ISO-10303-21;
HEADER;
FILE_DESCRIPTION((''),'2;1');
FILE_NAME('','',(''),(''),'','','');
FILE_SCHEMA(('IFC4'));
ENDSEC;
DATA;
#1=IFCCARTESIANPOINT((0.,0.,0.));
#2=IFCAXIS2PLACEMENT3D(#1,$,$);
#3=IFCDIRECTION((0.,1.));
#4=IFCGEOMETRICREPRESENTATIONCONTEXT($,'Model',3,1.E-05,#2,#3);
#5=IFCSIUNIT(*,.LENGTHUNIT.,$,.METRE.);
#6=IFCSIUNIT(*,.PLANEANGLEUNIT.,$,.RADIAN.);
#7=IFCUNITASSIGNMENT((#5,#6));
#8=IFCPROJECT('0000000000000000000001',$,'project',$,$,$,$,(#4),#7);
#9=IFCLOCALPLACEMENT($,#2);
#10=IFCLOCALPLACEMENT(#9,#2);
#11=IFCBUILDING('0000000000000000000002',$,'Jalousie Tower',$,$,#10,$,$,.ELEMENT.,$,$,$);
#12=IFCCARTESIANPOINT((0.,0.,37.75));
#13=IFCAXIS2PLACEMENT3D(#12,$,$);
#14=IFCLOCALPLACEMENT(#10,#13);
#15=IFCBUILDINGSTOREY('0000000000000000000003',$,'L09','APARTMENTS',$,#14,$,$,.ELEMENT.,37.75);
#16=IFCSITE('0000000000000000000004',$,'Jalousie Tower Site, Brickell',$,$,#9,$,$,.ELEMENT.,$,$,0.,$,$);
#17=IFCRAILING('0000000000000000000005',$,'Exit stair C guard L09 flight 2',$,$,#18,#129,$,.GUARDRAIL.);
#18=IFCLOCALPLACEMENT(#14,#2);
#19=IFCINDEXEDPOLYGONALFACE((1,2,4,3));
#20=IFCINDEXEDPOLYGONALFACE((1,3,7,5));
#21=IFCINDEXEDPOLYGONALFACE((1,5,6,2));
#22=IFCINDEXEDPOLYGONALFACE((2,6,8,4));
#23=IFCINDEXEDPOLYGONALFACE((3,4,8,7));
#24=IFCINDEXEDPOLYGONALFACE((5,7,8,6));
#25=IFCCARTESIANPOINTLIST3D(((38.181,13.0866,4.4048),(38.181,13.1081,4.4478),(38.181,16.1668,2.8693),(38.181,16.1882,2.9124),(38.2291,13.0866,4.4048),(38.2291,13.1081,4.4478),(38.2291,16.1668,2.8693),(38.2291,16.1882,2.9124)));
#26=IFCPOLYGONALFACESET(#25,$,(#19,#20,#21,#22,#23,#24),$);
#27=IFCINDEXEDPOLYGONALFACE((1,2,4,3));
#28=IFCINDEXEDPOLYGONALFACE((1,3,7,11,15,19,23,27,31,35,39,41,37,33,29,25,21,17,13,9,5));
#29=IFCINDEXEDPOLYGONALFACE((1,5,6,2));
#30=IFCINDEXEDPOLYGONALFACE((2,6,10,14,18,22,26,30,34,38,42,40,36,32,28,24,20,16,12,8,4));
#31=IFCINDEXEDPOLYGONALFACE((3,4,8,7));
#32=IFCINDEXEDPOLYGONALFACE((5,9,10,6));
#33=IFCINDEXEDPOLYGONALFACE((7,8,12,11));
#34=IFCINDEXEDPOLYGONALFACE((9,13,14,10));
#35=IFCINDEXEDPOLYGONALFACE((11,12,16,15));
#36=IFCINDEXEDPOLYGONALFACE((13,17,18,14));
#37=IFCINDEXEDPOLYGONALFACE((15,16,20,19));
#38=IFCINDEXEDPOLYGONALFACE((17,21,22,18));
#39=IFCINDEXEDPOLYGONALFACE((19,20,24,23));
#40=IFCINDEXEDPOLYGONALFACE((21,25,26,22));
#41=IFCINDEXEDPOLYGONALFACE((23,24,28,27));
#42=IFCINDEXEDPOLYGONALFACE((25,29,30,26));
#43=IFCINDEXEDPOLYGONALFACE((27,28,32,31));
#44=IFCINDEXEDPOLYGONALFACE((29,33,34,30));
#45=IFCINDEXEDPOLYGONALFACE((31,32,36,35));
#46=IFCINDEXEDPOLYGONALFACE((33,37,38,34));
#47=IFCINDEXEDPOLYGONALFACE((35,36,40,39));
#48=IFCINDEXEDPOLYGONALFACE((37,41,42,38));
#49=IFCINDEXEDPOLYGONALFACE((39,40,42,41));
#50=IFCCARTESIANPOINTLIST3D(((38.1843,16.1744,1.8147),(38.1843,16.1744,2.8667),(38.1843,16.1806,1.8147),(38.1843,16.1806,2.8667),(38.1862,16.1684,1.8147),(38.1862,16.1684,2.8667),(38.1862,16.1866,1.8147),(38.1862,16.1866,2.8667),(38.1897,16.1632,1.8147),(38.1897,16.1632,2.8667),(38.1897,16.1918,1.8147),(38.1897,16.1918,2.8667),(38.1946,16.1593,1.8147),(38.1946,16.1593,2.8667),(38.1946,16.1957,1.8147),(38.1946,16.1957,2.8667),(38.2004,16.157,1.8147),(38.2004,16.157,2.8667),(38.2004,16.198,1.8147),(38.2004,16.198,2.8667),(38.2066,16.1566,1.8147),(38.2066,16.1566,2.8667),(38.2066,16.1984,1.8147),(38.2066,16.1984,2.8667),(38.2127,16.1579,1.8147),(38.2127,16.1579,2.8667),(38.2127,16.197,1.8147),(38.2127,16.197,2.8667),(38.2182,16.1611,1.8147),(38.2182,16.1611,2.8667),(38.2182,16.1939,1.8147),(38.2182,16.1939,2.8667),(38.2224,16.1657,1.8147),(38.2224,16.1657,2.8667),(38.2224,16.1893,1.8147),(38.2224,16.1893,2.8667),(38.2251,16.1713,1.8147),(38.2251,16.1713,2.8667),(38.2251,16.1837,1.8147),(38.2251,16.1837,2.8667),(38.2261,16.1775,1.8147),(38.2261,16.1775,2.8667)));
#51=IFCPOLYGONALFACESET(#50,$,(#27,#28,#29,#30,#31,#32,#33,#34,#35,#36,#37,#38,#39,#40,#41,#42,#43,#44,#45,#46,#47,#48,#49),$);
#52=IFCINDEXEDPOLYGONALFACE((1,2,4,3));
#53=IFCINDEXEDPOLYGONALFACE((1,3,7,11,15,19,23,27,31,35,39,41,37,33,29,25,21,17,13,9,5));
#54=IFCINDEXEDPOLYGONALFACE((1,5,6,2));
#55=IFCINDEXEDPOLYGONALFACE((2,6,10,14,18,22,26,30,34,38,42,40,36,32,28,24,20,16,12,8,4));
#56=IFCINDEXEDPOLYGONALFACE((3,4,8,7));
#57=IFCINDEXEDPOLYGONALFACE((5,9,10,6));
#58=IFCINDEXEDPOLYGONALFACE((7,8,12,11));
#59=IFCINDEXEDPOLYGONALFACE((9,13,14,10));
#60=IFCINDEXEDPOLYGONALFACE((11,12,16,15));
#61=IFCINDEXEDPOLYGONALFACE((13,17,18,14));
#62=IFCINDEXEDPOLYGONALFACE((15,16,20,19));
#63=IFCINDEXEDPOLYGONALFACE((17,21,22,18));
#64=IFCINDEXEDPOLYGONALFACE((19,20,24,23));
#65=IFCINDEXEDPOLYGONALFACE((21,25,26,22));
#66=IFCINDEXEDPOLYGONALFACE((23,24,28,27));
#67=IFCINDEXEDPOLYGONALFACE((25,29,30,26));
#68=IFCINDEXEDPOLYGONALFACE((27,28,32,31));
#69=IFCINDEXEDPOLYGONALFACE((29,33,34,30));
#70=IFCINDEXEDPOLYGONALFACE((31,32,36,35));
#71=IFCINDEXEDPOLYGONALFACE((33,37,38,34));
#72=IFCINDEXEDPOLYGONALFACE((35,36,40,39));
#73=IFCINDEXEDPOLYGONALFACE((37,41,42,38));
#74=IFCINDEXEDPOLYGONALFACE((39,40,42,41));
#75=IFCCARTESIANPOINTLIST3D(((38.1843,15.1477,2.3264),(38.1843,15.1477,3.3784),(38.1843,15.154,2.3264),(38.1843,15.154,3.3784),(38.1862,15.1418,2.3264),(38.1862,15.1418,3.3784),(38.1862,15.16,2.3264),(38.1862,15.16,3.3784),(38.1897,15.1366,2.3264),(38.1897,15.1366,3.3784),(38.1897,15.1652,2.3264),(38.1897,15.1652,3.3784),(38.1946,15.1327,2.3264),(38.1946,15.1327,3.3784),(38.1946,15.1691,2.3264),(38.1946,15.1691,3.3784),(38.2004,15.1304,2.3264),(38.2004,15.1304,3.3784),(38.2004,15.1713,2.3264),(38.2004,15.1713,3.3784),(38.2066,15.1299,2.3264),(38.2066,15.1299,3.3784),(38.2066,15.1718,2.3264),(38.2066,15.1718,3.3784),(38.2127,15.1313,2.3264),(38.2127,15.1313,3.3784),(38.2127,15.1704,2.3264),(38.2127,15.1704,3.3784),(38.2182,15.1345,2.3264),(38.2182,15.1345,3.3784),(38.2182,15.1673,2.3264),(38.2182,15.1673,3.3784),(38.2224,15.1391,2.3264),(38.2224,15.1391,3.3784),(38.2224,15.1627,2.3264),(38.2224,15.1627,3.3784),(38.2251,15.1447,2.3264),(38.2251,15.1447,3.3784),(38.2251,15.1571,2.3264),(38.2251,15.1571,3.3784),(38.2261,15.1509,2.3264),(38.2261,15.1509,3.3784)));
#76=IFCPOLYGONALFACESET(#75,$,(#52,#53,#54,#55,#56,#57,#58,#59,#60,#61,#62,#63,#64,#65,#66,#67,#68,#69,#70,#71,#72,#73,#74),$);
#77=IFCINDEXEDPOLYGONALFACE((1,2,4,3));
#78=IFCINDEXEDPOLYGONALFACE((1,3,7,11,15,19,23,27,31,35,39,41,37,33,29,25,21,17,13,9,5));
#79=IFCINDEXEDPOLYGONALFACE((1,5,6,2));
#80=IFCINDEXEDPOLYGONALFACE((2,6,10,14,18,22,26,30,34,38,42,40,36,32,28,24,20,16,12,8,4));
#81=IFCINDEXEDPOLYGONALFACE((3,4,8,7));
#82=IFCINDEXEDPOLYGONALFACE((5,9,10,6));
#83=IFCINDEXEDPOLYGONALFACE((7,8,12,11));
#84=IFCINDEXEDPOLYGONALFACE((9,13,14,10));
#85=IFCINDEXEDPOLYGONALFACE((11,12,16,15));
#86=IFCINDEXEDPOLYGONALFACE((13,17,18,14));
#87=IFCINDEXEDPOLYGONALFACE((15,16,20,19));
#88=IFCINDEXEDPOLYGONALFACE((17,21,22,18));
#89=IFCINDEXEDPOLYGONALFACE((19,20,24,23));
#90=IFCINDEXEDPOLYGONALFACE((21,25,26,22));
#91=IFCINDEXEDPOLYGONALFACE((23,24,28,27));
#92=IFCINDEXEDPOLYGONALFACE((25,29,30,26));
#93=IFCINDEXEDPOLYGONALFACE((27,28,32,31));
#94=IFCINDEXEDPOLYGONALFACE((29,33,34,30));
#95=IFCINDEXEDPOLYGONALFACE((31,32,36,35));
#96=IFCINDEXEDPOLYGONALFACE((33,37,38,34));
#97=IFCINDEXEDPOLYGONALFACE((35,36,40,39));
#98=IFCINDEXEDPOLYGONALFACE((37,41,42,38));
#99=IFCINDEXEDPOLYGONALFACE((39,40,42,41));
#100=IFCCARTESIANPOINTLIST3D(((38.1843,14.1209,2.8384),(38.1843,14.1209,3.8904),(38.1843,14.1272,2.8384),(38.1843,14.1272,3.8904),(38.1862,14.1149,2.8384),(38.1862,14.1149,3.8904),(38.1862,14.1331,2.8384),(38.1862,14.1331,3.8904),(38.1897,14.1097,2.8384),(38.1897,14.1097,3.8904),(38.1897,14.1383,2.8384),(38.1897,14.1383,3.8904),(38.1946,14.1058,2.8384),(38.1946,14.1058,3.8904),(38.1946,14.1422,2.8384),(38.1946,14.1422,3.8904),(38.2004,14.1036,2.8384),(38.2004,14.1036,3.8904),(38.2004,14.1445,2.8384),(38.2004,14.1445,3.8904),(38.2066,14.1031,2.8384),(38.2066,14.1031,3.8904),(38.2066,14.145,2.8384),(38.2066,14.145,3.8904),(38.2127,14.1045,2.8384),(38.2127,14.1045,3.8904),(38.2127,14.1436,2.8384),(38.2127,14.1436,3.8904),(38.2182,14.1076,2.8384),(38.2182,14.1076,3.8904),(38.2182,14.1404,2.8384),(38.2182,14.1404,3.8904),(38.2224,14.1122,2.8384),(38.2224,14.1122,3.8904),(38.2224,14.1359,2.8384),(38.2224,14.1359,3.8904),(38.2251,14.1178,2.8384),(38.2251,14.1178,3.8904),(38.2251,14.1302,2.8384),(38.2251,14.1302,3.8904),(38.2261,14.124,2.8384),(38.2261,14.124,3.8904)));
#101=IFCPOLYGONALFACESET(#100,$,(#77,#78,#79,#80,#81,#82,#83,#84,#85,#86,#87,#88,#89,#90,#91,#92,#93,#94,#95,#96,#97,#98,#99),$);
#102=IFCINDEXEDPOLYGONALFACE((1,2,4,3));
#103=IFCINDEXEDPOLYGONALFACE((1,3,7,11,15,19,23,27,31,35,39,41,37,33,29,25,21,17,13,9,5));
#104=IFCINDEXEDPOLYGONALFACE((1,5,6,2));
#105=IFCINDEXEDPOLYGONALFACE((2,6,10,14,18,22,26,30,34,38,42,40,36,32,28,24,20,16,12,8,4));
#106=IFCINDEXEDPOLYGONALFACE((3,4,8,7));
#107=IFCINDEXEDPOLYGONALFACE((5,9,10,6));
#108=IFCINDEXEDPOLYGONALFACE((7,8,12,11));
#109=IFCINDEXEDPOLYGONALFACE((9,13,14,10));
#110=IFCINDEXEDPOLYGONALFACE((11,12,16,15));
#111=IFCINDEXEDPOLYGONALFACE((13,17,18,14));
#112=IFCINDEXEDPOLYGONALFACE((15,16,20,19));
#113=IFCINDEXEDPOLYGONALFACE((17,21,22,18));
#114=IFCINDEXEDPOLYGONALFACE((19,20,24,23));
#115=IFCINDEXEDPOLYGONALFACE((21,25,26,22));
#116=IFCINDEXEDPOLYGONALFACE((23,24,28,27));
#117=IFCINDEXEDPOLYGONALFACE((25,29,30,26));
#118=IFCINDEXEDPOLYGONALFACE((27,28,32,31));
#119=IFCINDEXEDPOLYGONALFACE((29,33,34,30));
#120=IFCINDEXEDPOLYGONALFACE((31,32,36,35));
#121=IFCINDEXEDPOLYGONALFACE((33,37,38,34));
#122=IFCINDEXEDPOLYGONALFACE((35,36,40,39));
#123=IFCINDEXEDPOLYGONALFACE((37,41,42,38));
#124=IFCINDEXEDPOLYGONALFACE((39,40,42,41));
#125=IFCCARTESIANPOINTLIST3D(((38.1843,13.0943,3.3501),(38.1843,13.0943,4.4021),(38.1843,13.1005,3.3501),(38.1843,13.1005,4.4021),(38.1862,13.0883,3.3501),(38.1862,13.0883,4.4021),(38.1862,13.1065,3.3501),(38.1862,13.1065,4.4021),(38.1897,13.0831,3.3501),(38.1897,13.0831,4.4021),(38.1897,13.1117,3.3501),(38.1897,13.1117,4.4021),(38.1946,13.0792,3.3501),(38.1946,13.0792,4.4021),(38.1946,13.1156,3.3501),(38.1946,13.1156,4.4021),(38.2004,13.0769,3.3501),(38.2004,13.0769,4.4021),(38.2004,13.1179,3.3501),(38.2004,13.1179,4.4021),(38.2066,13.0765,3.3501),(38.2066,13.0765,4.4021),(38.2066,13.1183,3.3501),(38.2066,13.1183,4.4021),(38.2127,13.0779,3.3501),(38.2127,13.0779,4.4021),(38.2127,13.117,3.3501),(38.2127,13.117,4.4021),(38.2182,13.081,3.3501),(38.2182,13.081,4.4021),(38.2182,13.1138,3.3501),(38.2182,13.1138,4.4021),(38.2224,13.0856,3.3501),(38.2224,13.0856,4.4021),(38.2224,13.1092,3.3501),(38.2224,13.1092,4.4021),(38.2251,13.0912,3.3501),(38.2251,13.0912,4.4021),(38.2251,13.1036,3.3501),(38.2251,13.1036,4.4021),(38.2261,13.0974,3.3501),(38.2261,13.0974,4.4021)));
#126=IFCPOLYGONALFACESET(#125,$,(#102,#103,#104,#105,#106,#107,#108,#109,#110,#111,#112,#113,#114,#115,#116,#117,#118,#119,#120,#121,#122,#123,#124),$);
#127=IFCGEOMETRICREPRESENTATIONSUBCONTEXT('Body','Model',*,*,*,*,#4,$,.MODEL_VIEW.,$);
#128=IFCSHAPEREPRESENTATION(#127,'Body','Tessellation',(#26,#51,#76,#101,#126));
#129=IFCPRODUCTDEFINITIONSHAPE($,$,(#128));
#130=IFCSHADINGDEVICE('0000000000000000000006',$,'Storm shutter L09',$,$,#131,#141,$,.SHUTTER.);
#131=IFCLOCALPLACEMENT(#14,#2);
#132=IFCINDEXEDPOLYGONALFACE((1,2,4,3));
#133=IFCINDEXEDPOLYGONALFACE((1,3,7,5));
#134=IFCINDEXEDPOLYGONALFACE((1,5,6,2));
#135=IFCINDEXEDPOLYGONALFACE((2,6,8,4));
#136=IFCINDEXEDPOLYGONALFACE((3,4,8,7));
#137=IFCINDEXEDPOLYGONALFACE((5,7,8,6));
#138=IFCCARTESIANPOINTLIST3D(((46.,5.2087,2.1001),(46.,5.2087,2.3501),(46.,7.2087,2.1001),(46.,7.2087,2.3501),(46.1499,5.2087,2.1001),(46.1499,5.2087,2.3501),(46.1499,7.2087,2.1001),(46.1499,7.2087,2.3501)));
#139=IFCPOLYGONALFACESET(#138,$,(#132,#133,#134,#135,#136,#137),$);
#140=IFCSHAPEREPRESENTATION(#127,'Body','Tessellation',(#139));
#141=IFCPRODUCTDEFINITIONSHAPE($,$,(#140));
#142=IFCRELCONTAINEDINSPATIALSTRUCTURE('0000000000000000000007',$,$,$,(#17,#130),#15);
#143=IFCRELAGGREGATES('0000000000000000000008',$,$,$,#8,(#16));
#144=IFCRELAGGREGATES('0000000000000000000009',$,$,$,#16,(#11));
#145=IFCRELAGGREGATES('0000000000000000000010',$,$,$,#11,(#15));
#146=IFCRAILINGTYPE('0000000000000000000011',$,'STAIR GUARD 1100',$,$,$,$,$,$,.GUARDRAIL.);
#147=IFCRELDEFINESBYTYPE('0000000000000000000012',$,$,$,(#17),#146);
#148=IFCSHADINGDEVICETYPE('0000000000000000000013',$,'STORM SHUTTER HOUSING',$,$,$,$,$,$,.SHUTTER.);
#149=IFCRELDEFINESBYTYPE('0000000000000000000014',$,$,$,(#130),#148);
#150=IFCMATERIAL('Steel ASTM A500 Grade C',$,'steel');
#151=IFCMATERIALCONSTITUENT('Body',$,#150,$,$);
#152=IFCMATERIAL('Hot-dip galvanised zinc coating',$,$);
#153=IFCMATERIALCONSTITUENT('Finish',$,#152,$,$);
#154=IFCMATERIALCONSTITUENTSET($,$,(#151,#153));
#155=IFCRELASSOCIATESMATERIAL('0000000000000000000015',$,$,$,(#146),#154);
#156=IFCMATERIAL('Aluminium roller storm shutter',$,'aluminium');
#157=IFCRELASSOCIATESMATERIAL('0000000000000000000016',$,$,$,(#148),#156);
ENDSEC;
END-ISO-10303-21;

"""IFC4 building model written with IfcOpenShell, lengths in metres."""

from ifc_helpers import new_model, si_unit, direction, frame, origin, origin_2d, place, context, subcontext, project, spatial, rectangle, circle, extrude, material, constituent, constituent_set, type_object, element, save


model = new_model("IFC4")

# Units and contexts
model_context = context("Model", 3, precision=1e-05, world=origin(), true_north=direction((0.0, 1.0)))
body_context = subcontext(model_context, "Body", "Model", "MODEL_VIEW")
ifc_project = project(units=[si_unit("LENGTHUNIT", "METRE"), si_unit("PLANEANGLEUNIT", "RADIAN")], contexts=[model_context])

# Site, building, storey
site_placement = place(None, origin())
site = spatial("IfcSite", under=ifc_project, at=site_placement, Name="Jalousie Tower Site, Brickell", CompositionType="ELEMENT", RefElevation=0.0)
building_placement = place(site_placement, origin())
building = spatial("IfcBuilding", under=site, at=building_placement, Name="Jalousie Tower", CompositionType="ELEMENT")
storey_placement = place(building_placement, frame((0.0, 0.0, 37.75)))
storey = spatial("IfcBuildingStorey", under=building, at=storey_placement, Name="L09", Description="APARTMENTS", CompositionType="ELEMENT", Elevation=37.75)

# Railing
ifc_material_1 = material(Name="Steel ASTM A500 Grade C", Category="steel")
ifc_constituent_1 = constituent(ifc_material_1, Name="Body")
ifc_material_2 = material(Name="Hot-dip galvanised zinc coating")
ifc_constituent_2 = constituent(ifc_material_2, Name="Finish")
ifc_constituent_set_1 = constituent_set(constituents=[ifc_constituent_1, ifc_constituent_2])
railing_type = type_object("IfcRailingType", Name="STAIR GUARD 1100", PredefinedType="GUARDRAIL", material=ifc_constituent_set_1)
railing_1_placement = place(storey_placement, frame((38.2051, 16.1775, 1.8147)))
element("IfcRailing", 1, at=railing_1_placement, inside=storey, type_object=railing_type, Name="Exit stair C guard L09 flight 2", PredefinedType="GUARDRAIL", context=body_context, shape_type="SweptSolid", body=[
    extrude(rectangle(XDim=0.0481, YDim=0.0481, at=origin_2d()), frame((0.0, 0.0, 1.0762), z_axis=(0.0, -0.894966, 0.446135), x_axis=(1.0, 0.0, 0.0)), (0.0, 0.0, 1.0), 3.4417),
    extrude(circle(Radius=0.021, at=origin_2d()), origin(), (0.0, 0.0, 1.0), 1.052),
    extrude(circle(Radius=0.021, at=origin_2d()), frame((0.0, -1.0266, 0.5117)), (0.0, 0.0, 1.0), 1.052),
    extrude(circle(Radius=0.021, at=origin_2d()), frame((0.0, -2.0535, 1.0237)), (0.0, 0.0, 1.0), 1.052),
    extrude(circle(Radius=0.021, at=origin_2d()), frame((0.0, -3.0801, 1.5354)), (0.0, 0.0, 1.0), 1.052),
])

# Shading device
ifc_material_3 = material(Name="Aluminium roller storm shutter", Category="aluminium")
shading_device_type = type_object("IfcShadingDeviceType", Name="STORM SHUTTER HOUSING", PredefinedType="SHUTTER", material=ifc_material_3)
shading_device_placement = place(storey_placement, frame((46.075, 6.2087, 2.1001), z_axis=(0.0, 0.0, 1.0), x_axis=(0.0, 1.0, 0.0)))
element("IfcShadingDevice", 2, at=shading_device_placement, inside=storey, type_object=shading_device_type, Name="Storm shutter L09", PredefinedType="SHUTTER", context=body_context, shape_type="SweptSolid", body=[
    extrude(rectangle(XDim=2.0, YDim=0.1499, at=origin_2d()), origin(), (0.0, 0.0, 1.0), 0.25),
])

save(model, "model.ifc")
